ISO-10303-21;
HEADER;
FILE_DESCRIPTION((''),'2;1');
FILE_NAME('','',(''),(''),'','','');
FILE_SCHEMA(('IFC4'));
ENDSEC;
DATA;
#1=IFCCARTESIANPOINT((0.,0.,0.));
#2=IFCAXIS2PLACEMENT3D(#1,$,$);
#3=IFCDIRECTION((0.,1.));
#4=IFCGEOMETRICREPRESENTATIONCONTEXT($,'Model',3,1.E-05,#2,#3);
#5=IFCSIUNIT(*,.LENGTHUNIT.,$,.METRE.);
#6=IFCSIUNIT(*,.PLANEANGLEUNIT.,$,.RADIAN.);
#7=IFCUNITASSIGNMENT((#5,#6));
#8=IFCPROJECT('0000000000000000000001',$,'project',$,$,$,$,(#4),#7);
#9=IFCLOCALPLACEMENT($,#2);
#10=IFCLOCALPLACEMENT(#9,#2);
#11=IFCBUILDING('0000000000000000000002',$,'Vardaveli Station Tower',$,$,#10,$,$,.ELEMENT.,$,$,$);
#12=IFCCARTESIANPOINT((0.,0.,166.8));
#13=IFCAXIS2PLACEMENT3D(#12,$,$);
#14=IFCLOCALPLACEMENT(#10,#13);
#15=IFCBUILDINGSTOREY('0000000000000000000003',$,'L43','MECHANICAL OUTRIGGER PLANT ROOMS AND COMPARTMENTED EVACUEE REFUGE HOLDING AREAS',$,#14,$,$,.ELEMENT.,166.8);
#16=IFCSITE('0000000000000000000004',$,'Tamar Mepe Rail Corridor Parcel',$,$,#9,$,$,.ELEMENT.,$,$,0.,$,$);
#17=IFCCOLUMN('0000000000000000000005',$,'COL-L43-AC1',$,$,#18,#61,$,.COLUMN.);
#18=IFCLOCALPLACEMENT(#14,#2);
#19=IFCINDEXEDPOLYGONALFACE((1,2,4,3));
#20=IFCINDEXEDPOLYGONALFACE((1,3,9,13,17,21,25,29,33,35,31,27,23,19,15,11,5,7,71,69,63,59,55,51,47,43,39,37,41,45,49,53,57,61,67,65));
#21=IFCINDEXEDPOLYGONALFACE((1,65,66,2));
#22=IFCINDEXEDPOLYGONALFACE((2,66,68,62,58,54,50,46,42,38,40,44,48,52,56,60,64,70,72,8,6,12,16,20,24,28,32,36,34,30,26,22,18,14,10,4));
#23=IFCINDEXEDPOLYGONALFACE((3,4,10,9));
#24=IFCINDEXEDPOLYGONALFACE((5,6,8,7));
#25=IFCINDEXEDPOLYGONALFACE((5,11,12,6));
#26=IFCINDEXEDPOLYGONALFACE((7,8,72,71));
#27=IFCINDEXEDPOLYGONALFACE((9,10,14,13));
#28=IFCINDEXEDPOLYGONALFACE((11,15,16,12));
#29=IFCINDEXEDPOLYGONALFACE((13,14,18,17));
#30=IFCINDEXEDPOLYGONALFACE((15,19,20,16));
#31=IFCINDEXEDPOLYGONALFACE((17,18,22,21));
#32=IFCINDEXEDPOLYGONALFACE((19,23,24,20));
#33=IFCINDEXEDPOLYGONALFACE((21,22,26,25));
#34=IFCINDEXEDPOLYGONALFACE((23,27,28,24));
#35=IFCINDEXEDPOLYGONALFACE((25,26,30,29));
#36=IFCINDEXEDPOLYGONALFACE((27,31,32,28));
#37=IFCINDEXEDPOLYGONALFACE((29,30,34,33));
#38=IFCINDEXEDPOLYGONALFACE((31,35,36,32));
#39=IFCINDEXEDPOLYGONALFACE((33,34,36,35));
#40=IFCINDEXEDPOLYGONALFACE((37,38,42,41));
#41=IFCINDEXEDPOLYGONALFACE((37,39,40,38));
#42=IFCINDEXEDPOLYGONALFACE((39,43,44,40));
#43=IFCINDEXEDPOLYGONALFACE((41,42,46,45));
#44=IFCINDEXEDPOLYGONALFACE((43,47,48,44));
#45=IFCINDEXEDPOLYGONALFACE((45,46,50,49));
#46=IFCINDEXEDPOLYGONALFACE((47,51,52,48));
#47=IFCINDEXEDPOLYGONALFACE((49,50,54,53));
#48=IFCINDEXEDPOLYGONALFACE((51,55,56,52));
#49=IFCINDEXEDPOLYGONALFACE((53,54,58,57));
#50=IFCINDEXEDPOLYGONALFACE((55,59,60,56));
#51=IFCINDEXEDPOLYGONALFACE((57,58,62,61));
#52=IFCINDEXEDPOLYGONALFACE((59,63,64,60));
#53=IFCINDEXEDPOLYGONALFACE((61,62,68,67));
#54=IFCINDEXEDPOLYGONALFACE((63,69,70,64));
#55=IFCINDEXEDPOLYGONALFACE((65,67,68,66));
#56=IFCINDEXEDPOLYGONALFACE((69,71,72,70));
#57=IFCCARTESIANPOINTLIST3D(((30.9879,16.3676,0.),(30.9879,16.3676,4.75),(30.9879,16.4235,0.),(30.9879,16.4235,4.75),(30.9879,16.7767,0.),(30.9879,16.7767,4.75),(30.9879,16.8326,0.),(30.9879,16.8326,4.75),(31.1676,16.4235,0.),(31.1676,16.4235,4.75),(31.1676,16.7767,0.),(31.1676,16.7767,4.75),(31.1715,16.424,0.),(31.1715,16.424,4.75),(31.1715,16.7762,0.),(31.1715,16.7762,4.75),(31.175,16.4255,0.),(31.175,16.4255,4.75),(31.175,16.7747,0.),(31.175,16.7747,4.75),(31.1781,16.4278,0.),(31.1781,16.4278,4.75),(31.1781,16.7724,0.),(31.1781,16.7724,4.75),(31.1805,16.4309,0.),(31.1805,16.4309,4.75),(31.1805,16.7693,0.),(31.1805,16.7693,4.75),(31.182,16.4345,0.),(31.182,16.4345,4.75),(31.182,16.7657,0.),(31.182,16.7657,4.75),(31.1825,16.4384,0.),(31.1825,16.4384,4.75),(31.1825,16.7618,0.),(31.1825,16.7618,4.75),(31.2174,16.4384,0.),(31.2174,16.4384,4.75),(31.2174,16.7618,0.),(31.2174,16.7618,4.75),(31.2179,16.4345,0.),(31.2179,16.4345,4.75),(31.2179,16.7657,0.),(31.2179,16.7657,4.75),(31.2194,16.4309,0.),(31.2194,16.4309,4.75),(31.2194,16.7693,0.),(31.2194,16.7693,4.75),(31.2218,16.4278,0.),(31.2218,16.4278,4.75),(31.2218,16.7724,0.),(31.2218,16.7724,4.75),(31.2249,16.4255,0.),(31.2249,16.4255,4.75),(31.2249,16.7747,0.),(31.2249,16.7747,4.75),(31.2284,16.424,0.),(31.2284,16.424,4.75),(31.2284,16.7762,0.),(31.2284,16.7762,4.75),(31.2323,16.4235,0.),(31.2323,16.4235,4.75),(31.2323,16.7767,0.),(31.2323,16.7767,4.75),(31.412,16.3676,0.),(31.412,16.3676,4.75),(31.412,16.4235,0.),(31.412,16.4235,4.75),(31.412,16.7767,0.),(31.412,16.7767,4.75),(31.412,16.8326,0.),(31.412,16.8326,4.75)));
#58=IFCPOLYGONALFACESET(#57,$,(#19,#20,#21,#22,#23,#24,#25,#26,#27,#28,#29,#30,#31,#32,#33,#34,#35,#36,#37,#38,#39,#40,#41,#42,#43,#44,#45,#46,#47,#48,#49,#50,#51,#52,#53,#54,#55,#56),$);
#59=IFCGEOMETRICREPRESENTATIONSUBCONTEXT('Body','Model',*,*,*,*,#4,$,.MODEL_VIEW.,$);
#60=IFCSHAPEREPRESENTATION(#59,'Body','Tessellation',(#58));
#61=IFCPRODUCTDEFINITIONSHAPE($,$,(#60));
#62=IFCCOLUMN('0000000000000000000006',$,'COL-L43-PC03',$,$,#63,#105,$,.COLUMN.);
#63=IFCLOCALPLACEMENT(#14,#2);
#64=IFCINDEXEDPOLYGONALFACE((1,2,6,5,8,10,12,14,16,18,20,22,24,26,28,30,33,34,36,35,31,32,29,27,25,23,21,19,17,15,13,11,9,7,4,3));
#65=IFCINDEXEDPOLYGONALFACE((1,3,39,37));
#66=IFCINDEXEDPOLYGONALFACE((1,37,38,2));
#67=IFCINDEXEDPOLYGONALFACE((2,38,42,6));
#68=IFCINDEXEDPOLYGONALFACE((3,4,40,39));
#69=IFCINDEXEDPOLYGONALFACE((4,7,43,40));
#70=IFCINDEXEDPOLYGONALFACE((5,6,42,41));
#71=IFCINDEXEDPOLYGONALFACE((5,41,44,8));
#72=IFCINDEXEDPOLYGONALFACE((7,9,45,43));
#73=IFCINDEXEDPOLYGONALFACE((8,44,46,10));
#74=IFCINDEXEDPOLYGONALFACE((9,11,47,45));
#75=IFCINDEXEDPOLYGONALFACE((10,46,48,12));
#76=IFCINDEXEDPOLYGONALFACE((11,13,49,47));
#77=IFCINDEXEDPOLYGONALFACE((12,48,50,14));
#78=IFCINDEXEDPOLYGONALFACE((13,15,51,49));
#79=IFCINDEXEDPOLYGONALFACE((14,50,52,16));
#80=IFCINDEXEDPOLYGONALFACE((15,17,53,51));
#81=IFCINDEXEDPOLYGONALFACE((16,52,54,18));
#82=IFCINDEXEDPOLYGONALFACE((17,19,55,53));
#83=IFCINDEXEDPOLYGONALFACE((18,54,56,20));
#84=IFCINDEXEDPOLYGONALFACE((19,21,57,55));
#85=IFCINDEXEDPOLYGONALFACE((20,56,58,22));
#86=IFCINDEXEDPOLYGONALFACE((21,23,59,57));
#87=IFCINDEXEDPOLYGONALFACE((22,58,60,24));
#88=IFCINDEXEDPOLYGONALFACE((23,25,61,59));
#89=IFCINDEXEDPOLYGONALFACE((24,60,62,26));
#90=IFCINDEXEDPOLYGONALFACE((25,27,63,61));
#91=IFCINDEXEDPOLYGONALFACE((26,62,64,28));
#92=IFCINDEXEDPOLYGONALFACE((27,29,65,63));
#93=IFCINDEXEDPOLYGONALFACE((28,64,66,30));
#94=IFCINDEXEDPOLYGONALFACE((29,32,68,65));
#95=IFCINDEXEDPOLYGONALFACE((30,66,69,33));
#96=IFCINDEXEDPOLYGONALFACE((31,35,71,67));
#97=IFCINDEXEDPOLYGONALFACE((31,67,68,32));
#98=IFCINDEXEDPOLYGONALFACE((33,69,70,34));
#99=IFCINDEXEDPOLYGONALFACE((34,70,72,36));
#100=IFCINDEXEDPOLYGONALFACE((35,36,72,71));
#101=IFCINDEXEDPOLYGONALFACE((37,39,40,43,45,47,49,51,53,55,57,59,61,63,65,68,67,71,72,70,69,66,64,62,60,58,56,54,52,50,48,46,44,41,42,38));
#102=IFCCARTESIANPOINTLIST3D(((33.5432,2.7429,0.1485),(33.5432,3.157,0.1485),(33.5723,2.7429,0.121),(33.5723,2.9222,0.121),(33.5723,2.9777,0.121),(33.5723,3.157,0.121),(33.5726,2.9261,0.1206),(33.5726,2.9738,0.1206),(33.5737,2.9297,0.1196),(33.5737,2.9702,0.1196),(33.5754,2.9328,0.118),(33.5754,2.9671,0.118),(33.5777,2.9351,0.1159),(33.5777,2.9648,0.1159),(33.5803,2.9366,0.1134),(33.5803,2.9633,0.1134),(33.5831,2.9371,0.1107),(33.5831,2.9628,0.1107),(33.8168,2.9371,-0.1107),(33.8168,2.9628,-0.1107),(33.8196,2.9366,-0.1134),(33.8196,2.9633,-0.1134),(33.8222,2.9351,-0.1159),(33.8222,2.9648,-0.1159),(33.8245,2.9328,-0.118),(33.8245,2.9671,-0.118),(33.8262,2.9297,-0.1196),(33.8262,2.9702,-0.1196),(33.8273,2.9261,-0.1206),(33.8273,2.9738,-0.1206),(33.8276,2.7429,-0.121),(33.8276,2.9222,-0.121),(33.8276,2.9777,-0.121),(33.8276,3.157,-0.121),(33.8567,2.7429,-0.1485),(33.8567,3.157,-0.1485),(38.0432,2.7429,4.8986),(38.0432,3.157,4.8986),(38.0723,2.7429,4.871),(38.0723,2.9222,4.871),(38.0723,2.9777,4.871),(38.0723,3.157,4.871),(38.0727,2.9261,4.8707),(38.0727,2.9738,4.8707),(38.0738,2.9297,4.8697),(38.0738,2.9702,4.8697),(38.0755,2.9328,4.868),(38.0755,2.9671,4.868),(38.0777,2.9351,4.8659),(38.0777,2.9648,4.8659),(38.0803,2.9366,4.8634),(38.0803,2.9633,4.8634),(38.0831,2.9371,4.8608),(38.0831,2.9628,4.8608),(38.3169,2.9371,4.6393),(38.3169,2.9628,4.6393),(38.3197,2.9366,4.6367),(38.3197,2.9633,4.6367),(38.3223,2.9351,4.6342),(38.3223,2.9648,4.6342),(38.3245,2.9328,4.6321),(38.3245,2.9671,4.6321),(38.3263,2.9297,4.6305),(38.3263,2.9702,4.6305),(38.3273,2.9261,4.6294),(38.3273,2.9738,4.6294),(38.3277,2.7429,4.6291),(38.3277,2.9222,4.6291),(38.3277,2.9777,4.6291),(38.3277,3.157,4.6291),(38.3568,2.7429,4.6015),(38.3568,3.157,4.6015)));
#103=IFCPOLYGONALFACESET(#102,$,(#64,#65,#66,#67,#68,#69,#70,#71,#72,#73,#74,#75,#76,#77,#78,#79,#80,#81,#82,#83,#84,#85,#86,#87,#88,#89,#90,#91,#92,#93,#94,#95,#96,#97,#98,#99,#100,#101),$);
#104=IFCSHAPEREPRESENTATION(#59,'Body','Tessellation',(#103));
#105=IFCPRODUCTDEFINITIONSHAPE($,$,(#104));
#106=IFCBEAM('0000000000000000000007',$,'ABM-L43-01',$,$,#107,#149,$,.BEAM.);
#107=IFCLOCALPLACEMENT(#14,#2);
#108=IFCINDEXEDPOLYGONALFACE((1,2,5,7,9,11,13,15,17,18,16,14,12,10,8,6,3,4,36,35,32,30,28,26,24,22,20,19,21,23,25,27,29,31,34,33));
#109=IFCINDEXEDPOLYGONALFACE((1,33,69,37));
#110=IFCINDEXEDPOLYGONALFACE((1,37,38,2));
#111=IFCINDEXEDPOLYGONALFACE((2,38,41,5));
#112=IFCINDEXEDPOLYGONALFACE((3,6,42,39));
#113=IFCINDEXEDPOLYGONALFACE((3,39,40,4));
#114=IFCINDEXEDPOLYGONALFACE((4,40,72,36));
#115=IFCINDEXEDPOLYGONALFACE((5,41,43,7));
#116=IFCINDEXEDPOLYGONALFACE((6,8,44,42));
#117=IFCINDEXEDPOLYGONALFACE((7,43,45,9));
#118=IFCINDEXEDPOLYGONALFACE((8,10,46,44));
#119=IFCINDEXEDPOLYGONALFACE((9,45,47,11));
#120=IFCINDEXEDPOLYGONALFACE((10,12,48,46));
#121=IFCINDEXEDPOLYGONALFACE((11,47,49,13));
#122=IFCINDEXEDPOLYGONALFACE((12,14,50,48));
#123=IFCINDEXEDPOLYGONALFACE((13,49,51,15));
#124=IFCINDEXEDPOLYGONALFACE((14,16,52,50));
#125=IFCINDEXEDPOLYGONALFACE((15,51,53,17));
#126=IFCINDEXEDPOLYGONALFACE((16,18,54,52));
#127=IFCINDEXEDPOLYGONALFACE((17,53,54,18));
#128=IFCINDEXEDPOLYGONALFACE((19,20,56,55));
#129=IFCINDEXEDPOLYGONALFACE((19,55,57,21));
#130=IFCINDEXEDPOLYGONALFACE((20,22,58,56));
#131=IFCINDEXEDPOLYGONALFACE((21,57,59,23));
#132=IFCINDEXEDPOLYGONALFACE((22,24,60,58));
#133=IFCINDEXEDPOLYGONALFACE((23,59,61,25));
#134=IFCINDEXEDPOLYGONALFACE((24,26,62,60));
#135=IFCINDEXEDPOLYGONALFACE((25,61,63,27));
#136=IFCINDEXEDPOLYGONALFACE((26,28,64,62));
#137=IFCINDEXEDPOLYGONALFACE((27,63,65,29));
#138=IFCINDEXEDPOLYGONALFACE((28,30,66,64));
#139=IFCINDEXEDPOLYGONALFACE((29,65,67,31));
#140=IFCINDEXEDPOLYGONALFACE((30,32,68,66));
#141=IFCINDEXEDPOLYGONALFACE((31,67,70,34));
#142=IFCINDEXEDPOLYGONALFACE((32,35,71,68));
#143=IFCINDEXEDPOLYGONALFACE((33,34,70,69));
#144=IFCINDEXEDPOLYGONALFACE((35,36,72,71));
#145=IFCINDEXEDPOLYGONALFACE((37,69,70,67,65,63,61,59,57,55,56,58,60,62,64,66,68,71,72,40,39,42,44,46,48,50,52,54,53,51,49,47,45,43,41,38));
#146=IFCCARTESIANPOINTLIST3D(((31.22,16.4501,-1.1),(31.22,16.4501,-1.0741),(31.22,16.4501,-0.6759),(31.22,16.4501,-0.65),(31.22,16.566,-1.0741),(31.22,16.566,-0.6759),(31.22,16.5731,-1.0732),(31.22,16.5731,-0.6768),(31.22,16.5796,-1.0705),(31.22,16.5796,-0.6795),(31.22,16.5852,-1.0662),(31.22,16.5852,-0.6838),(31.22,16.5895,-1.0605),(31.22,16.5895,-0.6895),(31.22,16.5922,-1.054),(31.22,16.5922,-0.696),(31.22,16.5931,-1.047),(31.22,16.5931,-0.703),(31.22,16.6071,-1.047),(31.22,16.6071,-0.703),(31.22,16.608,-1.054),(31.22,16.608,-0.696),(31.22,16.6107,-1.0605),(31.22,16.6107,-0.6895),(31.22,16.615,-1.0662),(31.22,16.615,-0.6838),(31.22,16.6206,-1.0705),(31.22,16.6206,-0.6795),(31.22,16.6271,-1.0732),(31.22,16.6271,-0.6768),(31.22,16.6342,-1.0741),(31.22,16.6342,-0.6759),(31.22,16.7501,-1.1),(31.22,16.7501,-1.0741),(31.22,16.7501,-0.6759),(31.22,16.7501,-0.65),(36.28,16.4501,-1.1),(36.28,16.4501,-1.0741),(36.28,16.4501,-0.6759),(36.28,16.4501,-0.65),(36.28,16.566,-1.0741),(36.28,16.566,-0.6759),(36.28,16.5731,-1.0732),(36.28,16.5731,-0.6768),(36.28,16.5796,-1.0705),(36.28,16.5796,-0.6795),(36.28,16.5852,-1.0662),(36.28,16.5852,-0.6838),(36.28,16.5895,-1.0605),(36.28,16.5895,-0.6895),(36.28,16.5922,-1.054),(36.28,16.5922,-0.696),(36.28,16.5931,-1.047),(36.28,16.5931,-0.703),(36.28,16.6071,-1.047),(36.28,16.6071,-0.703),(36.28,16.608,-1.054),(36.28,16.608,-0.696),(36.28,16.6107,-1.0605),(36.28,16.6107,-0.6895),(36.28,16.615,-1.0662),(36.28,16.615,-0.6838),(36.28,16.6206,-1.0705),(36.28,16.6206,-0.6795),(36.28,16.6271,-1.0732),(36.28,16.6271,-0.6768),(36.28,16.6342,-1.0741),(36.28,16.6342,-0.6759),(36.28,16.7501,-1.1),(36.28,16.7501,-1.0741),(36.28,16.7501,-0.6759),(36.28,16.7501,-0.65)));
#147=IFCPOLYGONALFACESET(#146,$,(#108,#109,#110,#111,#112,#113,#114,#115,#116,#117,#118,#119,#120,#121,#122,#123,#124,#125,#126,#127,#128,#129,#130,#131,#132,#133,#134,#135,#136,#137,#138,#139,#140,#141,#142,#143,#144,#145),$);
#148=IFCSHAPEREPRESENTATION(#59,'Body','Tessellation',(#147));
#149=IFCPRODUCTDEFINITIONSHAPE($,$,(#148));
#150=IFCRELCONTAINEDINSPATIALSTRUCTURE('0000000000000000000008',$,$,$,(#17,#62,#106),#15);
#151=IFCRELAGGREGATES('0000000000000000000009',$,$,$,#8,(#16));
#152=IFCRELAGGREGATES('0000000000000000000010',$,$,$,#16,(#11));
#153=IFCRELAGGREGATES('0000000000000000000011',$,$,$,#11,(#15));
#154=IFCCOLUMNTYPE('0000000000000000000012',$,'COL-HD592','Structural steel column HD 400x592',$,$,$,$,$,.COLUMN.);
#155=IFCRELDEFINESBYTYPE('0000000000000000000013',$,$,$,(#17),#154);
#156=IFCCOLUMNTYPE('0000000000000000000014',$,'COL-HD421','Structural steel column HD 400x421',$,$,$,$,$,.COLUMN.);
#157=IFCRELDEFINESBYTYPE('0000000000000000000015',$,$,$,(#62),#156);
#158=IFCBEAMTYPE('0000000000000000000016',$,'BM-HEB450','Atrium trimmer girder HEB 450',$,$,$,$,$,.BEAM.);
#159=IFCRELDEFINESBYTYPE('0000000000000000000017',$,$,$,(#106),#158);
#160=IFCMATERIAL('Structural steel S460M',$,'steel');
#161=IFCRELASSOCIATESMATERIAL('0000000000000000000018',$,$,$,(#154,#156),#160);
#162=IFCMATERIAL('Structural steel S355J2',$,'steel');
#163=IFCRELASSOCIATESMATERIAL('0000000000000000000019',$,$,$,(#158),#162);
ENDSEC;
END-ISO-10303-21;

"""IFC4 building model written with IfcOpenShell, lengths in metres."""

from ifc_helpers import new_model, si_unit, direction, frame, origin, origin_2d, place, context, subcontext, project, spatial, i_section, extrude, source, transform, mapped, material, material_profile, profile_set, type_object, element, save


model = new_model("IFC4")

# Units and contexts
model_context = context("Model", 3, precision=1e-05, world=origin(), true_north=direction((0.0, 1.0)))
body_context = subcontext(model_context, "Body", "Model", "MODEL_VIEW")
ifc_project = project(units=[si_unit("LENGTHUNIT", "METRE"), si_unit("PLANEANGLEUNIT", "RADIAN")], contexts=[model_context])

# Site, building, storey
site_placement = place(None, origin())
site = spatial("IfcSite", under=ifc_project, at=site_placement, Name="Tamar Mepe Rail Corridor Parcel", CompositionType="ELEMENT", RefElevation=0.0)
building_placement = place(site_placement, origin())
building = spatial("IfcBuilding", under=site, at=building_placement, Name="Vardaveli Station Tower", CompositionType="ELEMENT")
storey_placement = place(building_placement, frame((0.0, 0.0, 166.8)))
storey = spatial("IfcBuildingStorey", under=building, at=storey_placement, Name="L43", Description="MECHANICAL OUTRIGGER PLANT ROOMS AND COMPARTMENTED EVACUEE REFUGE HOLDING AREAS", CompositionType="ELEMENT", Elevation=166.8)

# Columns
ifc_material_1 = material(Name="Structural steel S460M", Category="steel")
ifc_material_profile_1 = material_profile(ifc_material_1, i_section(OverallWidth=0.4241, OverallDepth=0.4651, WebThickness=0.0349, FlangeThickness=0.0559, FilletRadius=0.0149, at=origin_2d()), Name="HD 400x592")
ifc_profile_set_1 = profile_set([ifc_material_profile_1], Name="Structural steel S460M")
column_type_1 = type_object("IfcColumnType", Name="COL-HD592", Description="Structural steel column HD 400x592", PredefinedType="COLUMN", material=ifc_profile_set_1)
shared_shape_1 = source(origin(), body_context, "Body", "SweptSolid", [
    extrude(i_section(OverallWidth=0.4241, OverallDepth=0.4651, WebThickness=0.0349, FlangeThickness=0.0559, FilletRadius=0.0149, at=origin_2d()), origin(), (0.0, 0.0, 1.0), 4.75),
])
column_1_placement = place(storey_placement, frame((31.2, 16.6001, 0.0), z_axis=(0.0, 0.0, 1.0), x_axis=(1.0, 0.0, 0.0)))
element("IfcColumn", 1, at=column_1_placement, inside=storey, type_object=column_type_1, Name="COL-L43-AC1", PredefinedType="COLUMN", context=body_context, shape_type="MappedRepresentation", body=[
    mapped(shared_shape_1, transform((0.0, 0.0, 0.0), scale=1.0)),
])
ifc_material_profile_2 = material_profile(ifc_material_1, i_section(OverallWidth=0.4141, OverallDepth=0.4319, WebThickness=0.0256, FlangeThickness=0.04, FilletRadius=0.0149, at=origin_2d()), Name="HD 400x421")
ifc_profile_set_2 = profile_set([ifc_material_profile_2], Name="Structural steel S460M")
column_type_2 = type_object("IfcColumnType", Name="COL-HD421", Description="Structural steel column HD 400x421", PredefinedType="COLUMN", material=ifc_profile_set_2)
shared_shape_2 = source(origin(), body_context, "Body", "SweptSolid", [
    extrude(i_section(OverallWidth=0.4141, OverallDepth=0.4319, WebThickness=0.0256, FlangeThickness=0.04, FilletRadius=0.0149, at=origin_2d()), origin(), (0.0, 0.0, 1.0), 6.5432),
])
column_2_placement = place(storey_placement, frame((33.7, 2.95, 0.0), z_axis=(0.687745, 0.0, 0.725953), x_axis=(0.0, 1.0, 0.0)))
element("IfcColumn", 2, at=column_2_placement, inside=storey, type_object=column_type_2, Name="COL-L43-PC03", PredefinedType="COLUMN", context=body_context, shape_type="MappedRepresentation", body=[
    mapped(shared_shape_2, transform((0.0, 0.0, 0.0), scale=1.0)),
])

# Beam
ifc_material_2 = material(Name="Structural steel S355J2", Category="steel")
ifc_material_profile_3 = material_profile(ifc_material_2, i_section(OverallWidth=0.3, OverallDepth=0.45, WebThickness=0.0139, FlangeThickness=0.0259, FilletRadius=0.0271, at=origin_2d()), Name="HEB 450")
ifc_profile_set_3 = profile_set([ifc_material_profile_3], Name="Structural steel S355J2")
beam_type_1 = type_object("IfcBeamType", Name="BM-HEB450", Description="Atrium trimmer girder HEB 450", PredefinedType="BEAM", material=ifc_profile_set_3)
shared_shape_3 = source(origin(), body_context, "Body", "SweptSolid", [
    extrude(i_section(OverallWidth=0.3, OverallDepth=0.45, WebThickness=0.0139, FlangeThickness=0.0259, FilletRadius=0.0271, at=origin_2d()), origin(), (0.0, 0.0, 1.0), 5.0601),
])
beam_1_placement = place(storey_placement, frame((31.22, 16.6001, -0.875), z_axis=(1.0, 0.0, 0.0), x_axis=(0.0, 1.0, 0.0)))
element("IfcBeam", 3, at=beam_1_placement, inside=storey, type_object=beam_type_1, Name="ABM-L43-01", PredefinedType="BEAM", context=body_context, shape_type="MappedRepresentation", body=[
    mapped(shared_shape_3, transform((0.0, 0.0, 0.0), scale=1.0)),
])

save(model, "model.ifc")
